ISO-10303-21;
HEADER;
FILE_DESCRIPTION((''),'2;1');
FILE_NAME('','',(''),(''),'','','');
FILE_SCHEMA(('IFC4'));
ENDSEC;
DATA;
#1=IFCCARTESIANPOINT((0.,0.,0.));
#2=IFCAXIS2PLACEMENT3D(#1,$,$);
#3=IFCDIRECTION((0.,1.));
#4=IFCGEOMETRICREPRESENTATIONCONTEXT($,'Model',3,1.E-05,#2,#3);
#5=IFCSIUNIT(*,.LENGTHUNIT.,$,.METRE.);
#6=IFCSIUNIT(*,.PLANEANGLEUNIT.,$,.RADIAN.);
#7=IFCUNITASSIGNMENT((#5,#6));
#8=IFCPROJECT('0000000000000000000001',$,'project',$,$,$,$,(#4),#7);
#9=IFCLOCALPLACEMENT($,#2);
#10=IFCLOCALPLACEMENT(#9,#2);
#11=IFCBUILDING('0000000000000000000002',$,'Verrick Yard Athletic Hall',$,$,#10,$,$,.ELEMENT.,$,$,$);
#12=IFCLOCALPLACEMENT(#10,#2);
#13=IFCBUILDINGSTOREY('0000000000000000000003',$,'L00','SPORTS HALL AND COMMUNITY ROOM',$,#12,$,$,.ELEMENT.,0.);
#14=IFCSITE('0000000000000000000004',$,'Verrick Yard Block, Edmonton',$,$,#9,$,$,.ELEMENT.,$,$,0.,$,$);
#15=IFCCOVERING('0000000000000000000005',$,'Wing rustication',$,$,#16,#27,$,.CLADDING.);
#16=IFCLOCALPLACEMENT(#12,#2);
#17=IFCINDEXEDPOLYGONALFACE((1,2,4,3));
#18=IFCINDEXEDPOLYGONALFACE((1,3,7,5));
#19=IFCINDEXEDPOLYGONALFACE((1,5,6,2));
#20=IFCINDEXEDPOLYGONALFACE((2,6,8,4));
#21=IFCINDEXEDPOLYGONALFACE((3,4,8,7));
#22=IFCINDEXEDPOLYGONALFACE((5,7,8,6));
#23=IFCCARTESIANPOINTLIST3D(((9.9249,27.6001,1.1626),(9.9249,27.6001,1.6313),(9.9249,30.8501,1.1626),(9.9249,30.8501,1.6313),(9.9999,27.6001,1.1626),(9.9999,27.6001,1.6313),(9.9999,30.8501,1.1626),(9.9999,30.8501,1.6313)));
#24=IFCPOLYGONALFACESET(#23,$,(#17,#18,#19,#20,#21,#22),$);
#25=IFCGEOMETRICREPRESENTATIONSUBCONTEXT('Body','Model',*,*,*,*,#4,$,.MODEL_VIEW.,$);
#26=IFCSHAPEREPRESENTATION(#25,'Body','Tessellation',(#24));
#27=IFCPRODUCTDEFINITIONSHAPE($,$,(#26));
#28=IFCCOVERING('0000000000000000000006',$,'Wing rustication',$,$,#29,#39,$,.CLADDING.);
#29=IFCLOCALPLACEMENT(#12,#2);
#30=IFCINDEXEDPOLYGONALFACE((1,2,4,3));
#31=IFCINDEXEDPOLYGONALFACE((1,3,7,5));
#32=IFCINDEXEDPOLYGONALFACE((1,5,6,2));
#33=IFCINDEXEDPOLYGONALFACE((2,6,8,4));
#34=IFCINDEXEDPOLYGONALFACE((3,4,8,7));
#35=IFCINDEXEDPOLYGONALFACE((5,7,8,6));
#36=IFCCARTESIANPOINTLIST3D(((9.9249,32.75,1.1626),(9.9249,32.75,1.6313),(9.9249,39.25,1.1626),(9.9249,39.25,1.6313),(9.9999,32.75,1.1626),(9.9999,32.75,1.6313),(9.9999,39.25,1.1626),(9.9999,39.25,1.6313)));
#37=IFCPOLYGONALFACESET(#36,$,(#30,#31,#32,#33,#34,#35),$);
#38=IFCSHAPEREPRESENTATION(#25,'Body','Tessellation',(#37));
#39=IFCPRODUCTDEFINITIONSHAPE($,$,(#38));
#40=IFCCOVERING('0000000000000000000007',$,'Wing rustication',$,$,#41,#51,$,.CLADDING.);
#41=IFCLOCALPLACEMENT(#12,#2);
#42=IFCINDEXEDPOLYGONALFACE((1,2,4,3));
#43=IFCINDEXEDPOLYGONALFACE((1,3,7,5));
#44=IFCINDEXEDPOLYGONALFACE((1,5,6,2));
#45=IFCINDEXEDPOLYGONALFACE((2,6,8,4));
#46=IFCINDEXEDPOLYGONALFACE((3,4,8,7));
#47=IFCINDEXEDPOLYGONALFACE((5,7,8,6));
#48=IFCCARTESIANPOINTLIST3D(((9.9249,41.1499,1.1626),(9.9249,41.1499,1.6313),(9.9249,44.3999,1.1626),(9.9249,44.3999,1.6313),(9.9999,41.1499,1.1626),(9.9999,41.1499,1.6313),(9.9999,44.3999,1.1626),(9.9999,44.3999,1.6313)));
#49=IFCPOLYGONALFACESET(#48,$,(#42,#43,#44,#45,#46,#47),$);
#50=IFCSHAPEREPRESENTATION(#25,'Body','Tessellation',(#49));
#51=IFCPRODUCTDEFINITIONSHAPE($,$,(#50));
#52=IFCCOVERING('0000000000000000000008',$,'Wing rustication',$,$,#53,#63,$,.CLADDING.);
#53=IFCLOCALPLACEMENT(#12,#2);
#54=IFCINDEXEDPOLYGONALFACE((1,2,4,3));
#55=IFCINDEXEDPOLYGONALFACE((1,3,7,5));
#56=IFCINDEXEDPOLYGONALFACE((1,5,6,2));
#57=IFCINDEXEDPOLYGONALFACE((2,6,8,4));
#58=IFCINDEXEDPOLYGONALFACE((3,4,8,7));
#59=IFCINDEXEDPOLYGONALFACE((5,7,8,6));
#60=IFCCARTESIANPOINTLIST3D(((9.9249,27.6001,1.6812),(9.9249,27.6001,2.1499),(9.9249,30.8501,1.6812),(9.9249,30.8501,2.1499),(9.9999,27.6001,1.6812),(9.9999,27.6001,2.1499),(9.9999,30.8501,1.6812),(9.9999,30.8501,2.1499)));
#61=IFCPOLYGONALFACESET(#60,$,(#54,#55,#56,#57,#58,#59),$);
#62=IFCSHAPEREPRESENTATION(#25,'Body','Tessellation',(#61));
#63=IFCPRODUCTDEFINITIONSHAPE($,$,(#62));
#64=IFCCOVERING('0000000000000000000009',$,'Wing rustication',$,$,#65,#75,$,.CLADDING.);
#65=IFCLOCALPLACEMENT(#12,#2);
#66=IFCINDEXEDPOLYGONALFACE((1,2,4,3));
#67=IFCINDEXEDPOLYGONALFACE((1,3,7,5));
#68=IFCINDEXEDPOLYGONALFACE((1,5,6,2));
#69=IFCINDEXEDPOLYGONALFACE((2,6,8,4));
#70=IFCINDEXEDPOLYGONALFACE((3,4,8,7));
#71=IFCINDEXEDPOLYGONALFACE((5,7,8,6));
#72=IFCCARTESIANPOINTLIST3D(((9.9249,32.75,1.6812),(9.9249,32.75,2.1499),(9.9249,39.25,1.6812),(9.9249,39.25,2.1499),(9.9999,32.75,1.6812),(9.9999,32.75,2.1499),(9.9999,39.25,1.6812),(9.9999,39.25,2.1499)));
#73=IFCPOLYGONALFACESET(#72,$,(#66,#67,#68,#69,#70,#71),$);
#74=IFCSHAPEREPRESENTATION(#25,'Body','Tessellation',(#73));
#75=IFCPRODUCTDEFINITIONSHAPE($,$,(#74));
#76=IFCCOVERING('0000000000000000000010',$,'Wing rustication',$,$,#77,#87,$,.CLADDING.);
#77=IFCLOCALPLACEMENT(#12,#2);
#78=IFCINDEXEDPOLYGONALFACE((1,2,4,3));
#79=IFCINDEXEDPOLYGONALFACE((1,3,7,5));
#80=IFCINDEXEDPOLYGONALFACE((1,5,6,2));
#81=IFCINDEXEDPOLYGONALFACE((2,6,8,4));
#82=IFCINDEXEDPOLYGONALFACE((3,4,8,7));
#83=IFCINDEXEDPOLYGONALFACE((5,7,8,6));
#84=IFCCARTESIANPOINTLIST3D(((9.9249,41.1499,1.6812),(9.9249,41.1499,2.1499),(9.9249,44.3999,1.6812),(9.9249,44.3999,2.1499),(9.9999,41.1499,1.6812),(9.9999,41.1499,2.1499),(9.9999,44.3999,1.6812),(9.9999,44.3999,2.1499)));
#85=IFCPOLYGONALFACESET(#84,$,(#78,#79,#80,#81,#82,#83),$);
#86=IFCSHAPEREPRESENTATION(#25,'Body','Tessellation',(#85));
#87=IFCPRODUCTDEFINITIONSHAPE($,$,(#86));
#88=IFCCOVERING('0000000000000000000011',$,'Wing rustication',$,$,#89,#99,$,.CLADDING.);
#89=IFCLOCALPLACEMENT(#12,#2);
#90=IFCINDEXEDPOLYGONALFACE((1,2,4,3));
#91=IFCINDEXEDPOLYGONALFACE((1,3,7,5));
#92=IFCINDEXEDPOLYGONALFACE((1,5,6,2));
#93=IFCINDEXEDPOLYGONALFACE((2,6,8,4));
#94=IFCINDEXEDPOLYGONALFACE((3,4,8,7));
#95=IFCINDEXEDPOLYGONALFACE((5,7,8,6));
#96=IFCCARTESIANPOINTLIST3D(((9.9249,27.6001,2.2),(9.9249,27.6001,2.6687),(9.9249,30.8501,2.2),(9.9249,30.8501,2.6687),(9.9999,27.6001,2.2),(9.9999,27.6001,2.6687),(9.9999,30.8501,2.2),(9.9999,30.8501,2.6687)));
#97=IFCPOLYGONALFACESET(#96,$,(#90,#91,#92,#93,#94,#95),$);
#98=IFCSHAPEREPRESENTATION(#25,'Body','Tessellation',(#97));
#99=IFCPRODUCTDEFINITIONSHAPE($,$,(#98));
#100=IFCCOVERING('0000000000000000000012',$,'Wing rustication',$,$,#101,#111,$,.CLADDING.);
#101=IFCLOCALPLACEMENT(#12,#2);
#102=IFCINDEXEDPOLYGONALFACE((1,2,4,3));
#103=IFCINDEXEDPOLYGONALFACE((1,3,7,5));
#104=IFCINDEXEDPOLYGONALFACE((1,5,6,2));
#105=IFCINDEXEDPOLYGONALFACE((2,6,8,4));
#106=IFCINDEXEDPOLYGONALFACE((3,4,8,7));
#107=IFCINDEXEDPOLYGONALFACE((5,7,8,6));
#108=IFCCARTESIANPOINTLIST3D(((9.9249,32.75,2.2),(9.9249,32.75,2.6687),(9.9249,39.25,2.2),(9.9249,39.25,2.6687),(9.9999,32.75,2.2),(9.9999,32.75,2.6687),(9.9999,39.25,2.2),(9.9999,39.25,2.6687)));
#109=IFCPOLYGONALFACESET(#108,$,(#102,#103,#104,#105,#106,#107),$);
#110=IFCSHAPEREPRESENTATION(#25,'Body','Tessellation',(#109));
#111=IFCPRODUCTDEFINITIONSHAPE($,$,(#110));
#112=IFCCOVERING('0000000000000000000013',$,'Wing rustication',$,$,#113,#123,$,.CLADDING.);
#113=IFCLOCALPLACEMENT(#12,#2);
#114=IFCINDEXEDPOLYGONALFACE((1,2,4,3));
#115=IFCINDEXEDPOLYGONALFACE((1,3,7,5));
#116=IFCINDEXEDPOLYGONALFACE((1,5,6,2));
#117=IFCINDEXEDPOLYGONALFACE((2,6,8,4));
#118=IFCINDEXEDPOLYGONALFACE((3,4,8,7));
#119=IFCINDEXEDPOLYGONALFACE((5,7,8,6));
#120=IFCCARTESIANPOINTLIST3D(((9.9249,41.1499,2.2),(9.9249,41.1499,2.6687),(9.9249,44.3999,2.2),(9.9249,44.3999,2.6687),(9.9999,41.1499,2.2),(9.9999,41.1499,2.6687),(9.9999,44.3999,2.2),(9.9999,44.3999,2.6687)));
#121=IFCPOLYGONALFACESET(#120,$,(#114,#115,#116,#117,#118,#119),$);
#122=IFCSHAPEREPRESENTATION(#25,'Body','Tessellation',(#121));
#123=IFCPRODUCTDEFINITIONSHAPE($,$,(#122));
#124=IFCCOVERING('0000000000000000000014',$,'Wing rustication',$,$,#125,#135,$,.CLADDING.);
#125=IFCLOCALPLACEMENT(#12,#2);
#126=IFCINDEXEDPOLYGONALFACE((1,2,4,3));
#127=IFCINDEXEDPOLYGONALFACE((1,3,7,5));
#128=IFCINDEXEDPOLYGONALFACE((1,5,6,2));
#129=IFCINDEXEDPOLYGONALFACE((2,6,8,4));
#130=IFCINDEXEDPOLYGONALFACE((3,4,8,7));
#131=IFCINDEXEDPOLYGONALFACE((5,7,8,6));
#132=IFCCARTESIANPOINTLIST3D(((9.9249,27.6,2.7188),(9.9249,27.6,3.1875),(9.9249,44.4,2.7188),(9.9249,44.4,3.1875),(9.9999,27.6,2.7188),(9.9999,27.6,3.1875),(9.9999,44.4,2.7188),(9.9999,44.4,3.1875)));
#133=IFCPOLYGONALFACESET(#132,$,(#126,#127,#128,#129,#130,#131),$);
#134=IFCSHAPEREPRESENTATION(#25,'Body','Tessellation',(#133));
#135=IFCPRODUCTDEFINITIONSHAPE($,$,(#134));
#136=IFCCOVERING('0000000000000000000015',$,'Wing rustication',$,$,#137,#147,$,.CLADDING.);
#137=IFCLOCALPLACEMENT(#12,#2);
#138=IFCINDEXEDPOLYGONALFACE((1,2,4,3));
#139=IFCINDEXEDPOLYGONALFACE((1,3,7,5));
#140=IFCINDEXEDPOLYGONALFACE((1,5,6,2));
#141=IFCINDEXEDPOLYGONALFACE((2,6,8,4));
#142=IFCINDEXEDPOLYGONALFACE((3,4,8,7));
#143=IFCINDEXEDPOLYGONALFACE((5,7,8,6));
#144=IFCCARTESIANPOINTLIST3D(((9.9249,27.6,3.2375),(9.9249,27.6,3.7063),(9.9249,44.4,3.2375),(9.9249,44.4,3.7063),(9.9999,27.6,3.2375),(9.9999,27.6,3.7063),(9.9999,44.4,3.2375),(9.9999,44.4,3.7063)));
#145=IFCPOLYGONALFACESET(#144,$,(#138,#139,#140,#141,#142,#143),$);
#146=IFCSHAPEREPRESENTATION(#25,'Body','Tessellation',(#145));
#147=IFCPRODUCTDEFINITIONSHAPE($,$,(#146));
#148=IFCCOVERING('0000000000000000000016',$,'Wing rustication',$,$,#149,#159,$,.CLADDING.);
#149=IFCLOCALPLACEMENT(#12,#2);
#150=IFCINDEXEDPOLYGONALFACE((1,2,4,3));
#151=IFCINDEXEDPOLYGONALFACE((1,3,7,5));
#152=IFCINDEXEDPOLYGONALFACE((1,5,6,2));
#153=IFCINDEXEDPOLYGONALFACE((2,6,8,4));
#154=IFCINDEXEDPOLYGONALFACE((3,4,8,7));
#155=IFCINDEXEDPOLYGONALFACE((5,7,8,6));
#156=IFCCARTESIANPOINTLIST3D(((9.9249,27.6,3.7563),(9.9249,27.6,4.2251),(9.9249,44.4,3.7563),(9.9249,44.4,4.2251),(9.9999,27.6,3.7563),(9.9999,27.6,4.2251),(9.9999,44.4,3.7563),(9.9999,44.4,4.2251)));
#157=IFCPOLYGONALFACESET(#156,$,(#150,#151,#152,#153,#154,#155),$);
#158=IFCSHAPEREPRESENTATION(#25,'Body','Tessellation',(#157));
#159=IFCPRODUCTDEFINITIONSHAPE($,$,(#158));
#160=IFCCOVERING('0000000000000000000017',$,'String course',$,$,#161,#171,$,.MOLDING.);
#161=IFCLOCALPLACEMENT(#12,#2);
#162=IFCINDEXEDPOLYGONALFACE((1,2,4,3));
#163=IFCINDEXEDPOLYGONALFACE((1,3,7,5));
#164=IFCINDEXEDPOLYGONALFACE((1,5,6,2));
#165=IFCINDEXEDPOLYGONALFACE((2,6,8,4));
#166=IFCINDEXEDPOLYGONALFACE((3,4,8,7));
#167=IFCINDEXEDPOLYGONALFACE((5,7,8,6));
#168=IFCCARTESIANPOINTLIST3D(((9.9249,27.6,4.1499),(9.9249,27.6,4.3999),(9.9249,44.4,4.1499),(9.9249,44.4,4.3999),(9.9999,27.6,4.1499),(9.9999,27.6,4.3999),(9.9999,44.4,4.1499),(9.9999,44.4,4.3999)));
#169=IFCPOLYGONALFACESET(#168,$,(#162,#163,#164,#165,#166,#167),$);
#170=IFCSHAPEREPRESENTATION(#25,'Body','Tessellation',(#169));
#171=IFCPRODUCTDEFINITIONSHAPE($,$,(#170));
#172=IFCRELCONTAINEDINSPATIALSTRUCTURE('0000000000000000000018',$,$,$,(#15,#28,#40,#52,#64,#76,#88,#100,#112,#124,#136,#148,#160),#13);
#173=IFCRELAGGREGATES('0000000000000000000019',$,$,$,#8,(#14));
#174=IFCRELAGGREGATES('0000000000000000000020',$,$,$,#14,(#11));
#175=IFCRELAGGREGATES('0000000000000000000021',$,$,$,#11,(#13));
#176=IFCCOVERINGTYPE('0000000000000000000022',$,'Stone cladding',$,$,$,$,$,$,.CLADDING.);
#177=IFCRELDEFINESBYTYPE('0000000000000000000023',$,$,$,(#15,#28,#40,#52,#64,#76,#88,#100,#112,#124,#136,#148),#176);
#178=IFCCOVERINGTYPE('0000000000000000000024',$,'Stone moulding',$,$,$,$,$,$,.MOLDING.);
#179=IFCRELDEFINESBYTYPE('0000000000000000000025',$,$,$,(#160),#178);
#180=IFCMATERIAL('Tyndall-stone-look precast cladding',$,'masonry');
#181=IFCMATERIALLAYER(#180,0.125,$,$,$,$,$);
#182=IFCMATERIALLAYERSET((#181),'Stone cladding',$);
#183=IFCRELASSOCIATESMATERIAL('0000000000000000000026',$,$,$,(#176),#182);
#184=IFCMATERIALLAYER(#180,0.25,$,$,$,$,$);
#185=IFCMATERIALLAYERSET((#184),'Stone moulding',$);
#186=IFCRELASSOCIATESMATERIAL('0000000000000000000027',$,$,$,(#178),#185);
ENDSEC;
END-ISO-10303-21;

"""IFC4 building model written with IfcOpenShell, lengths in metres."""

from ifc_helpers import new_model, si_unit, direction, frame, origin, origin_2d, place, context, subcontext, project, spatial, rectangle, extrude, material, layer, layer_set, type_object, element, save


model = new_model("IFC4")

# Units and contexts
model_context = context("Model", 3, precision=1e-05, world=origin(), true_north=direction((0.0, 1.0)))
body_context = subcontext(model_context, "Body", "Model", "MODEL_VIEW")
ifc_project = project(units=[si_unit("LENGTHUNIT", "METRE"), si_unit("PLANEANGLEUNIT", "RADIAN")], contexts=[model_context])

# Site, building, storey
site_placement = place(None, origin())
site = spatial("IfcSite", under=ifc_project, at=site_placement, Name="Verrick Yard Block, Edmonton", CompositionType="ELEMENT", RefElevation=0.0)
building_placement = place(site_placement, origin())
building = spatial("IfcBuilding", under=site, at=building_placement, Name="Verrick Yard Athletic Hall", CompositionType="ELEMENT")
storey_placement = place(building_placement, origin())
storey = spatial("IfcBuildingStorey", under=building, at=storey_placement, Name="L00", Description="SPORTS HALL AND COMMUNITY ROOM", CompositionType="ELEMENT", Elevation=0.0)

# Coverings
ifc_material_1 = material(Name="Tyndall-stone-look precast cladding", Category="masonry")
ifc_layer_1 = layer(ifc_material_1, 0.125)
ifc_layer_set_1 = layer_set([ifc_layer_1], Name="Stone cladding")
covering_type_1 = type_object("IfcCoveringType", Name="Stone cladding", PredefinedType="CLADDING", material=ifc_layer_set_1)
for number, where, z_axis, x_axis, name in (
    (1, (9.9624, 29.2251, 1.1626), (0.0, 0.0, 1.0), (0.0, 1.0, 0.0), "Wing rustication"),
):
    element("IfcCovering", number, at=place(storey_placement, frame(where, z_axis=z_axis, x_axis=x_axis)), inside=storey, type_object=covering_type_1, Name=name, PredefinedType="CLADDING", context=body_context, shape_type="SweptSolid", body=[
        extrude(rectangle(XDim=3.25, YDim=0.075, at=origin_2d()), origin(), (0.0, 0.0, 1.0), 0.4688),
    ])
covering_1_placement = place(storey_placement, frame((9.9624, 36.0, 1.1626), z_axis=(0.0, 0.0, 1.0), x_axis=(0.0, 1.0, 0.0)))
element("IfcCovering", 2, at=covering_1_placement, inside=storey, type_object=covering_type_1, Name="Wing rustication", PredefinedType="CLADDING", context=body_context, shape_type="SweptSolid", body=[
    extrude(rectangle(XDim=6.5, YDim=0.075, at=origin_2d()), origin(), (0.0, 0.0, 1.0), 0.4688),
])
for number, where, z_axis, x_axis, name in (
    (3, (9.9624, 42.7749, 1.1626), (0.0, 0.0, 1.0), (0.0, 1.0, 0.0), "Wing rustication"),
    (4, (9.9624, 29.2251, 1.6812), (0.0, 0.0, 1.0), (0.0, 1.0, 0.0), "Wing rustication"),
):
    element("IfcCovering", number, at=place(storey_placement, frame(where, z_axis=z_axis, x_axis=x_axis)), inside=storey, type_object=covering_type_1, Name=name, PredefinedType="CLADDING", context=body_context, shape_type="SweptSolid", body=[
        extrude(rectangle(XDim=3.25, YDim=0.075, at=origin_2d()), origin(), (0.0, 0.0, 1.0), 0.4688),
    ])
covering_2_placement = place(storey_placement, frame((9.9624, 36.0, 1.6812), z_axis=(0.0, 0.0, 1.0), x_axis=(0.0, 1.0, 0.0)))
element("IfcCovering", 5, at=covering_2_placement, inside=storey, type_object=covering_type_1, Name="Wing rustication", PredefinedType="CLADDING", context=body_context, shape_type="SweptSolid", body=[
    extrude(rectangle(XDim=6.5, YDim=0.075, at=origin_2d()), origin(), (0.0, 0.0, 1.0), 0.4688),
])
for number, where, z_axis, x_axis, name in (
    (6, (9.9624, 42.7749, 1.6812), (0.0, 0.0, 1.0), (0.0, 1.0, 0.0), "Wing rustication"),
    (7, (9.9624, 29.2251, 2.2), (0.0, 0.0, 1.0), (0.0, 1.0, 0.0), "Wing rustication"),
):
    element("IfcCovering", number, at=place(storey_placement, frame(where, z_axis=z_axis, x_axis=x_axis)), inside=storey, type_object=covering_type_1, Name=name, PredefinedType="CLADDING", context=body_context, shape_type="SweptSolid", body=[
        extrude(rectangle(XDim=3.25, YDim=0.075, at=origin_2d()), origin(), (0.0, 0.0, 1.0), 0.4688),
    ])
covering_3_placement = place(storey_placement, frame((9.9624, 36.0, 2.2), z_axis=(0.0, 0.0, 1.0), x_axis=(0.0, 1.0, 0.0)))
element("IfcCovering", 8, at=covering_3_placement, inside=storey, type_object=covering_type_1, Name="Wing rustication", PredefinedType="CLADDING", context=body_context, shape_type="SweptSolid", body=[
    extrude(rectangle(XDim=6.5, YDim=0.075, at=origin_2d()), origin(), (0.0, 0.0, 1.0), 0.4688),
])
covering_4_placement = place(storey_placement, frame((9.9624, 42.7749, 2.2), z_axis=(0.0, 0.0, 1.0), x_axis=(0.0, 1.0, 0.0)))
element("IfcCovering", 9, at=covering_4_placement, inside=storey, type_object=covering_type_1, Name="Wing rustication", PredefinedType="CLADDING", context=body_context, shape_type="SweptSolid", body=[
    extrude(rectangle(XDim=3.25, YDim=0.075, at=origin_2d()), origin(), (0.0, 0.0, 1.0), 0.4688),
])
for number, where, z_axis, x_axis, name in (
    (10, (9.9624, 36.0, 2.7188), (0.0, 0.0, 1.0), (0.0, 1.0, 0.0), "Wing rustication"),
    (11, (9.9624, 36.0, 3.2375), (0.0, 0.0, 1.0), (0.0, 1.0, 0.0), "Wing rustication"),
    (12, (9.9624, 36.0, 3.7563), (0.0, 0.0, 1.0), (0.0, 1.0, 0.0), "Wing rustication"),
):
    element("IfcCovering", number, at=place(storey_placement, frame(where, z_axis=z_axis, x_axis=x_axis)), inside=storey, type_object=covering_type_1, Name=name, PredefinedType="CLADDING", context=body_context, shape_type="SweptSolid", body=[
        extrude(rectangle(XDim=16.8, YDim=0.075, at=origin_2d()), origin(), (0.0, 0.0, 1.0), 0.4688),
    ])
ifc_layer_2 = layer(ifc_material_1, 0.25)
ifc_layer_set_2 = layer_set([ifc_layer_2], Name="Stone moulding")
covering_type_2 = type_object("IfcCoveringType", Name="Stone moulding", PredefinedType="MOLDING", material=ifc_layer_set_2)
covering_5_placement = place(storey_placement, frame((9.9624, 36.0, 4.1499), z_axis=(0.0, 0.0, 1.0), x_axis=(0.0, 1.0, 0.0)))
element("IfcCovering", 13, at=covering_5_placement, inside=storey, type_object=covering_type_2, Name="String course", PredefinedType="MOLDING", context=body_context, shape_type="SweptSolid", body=[
    extrude(rectangle(XDim=16.8, YDim=0.075, at=origin_2d()), origin(), (0.0, 0.0, 1.0), 0.25),
])

save(model, "model.ifc")
